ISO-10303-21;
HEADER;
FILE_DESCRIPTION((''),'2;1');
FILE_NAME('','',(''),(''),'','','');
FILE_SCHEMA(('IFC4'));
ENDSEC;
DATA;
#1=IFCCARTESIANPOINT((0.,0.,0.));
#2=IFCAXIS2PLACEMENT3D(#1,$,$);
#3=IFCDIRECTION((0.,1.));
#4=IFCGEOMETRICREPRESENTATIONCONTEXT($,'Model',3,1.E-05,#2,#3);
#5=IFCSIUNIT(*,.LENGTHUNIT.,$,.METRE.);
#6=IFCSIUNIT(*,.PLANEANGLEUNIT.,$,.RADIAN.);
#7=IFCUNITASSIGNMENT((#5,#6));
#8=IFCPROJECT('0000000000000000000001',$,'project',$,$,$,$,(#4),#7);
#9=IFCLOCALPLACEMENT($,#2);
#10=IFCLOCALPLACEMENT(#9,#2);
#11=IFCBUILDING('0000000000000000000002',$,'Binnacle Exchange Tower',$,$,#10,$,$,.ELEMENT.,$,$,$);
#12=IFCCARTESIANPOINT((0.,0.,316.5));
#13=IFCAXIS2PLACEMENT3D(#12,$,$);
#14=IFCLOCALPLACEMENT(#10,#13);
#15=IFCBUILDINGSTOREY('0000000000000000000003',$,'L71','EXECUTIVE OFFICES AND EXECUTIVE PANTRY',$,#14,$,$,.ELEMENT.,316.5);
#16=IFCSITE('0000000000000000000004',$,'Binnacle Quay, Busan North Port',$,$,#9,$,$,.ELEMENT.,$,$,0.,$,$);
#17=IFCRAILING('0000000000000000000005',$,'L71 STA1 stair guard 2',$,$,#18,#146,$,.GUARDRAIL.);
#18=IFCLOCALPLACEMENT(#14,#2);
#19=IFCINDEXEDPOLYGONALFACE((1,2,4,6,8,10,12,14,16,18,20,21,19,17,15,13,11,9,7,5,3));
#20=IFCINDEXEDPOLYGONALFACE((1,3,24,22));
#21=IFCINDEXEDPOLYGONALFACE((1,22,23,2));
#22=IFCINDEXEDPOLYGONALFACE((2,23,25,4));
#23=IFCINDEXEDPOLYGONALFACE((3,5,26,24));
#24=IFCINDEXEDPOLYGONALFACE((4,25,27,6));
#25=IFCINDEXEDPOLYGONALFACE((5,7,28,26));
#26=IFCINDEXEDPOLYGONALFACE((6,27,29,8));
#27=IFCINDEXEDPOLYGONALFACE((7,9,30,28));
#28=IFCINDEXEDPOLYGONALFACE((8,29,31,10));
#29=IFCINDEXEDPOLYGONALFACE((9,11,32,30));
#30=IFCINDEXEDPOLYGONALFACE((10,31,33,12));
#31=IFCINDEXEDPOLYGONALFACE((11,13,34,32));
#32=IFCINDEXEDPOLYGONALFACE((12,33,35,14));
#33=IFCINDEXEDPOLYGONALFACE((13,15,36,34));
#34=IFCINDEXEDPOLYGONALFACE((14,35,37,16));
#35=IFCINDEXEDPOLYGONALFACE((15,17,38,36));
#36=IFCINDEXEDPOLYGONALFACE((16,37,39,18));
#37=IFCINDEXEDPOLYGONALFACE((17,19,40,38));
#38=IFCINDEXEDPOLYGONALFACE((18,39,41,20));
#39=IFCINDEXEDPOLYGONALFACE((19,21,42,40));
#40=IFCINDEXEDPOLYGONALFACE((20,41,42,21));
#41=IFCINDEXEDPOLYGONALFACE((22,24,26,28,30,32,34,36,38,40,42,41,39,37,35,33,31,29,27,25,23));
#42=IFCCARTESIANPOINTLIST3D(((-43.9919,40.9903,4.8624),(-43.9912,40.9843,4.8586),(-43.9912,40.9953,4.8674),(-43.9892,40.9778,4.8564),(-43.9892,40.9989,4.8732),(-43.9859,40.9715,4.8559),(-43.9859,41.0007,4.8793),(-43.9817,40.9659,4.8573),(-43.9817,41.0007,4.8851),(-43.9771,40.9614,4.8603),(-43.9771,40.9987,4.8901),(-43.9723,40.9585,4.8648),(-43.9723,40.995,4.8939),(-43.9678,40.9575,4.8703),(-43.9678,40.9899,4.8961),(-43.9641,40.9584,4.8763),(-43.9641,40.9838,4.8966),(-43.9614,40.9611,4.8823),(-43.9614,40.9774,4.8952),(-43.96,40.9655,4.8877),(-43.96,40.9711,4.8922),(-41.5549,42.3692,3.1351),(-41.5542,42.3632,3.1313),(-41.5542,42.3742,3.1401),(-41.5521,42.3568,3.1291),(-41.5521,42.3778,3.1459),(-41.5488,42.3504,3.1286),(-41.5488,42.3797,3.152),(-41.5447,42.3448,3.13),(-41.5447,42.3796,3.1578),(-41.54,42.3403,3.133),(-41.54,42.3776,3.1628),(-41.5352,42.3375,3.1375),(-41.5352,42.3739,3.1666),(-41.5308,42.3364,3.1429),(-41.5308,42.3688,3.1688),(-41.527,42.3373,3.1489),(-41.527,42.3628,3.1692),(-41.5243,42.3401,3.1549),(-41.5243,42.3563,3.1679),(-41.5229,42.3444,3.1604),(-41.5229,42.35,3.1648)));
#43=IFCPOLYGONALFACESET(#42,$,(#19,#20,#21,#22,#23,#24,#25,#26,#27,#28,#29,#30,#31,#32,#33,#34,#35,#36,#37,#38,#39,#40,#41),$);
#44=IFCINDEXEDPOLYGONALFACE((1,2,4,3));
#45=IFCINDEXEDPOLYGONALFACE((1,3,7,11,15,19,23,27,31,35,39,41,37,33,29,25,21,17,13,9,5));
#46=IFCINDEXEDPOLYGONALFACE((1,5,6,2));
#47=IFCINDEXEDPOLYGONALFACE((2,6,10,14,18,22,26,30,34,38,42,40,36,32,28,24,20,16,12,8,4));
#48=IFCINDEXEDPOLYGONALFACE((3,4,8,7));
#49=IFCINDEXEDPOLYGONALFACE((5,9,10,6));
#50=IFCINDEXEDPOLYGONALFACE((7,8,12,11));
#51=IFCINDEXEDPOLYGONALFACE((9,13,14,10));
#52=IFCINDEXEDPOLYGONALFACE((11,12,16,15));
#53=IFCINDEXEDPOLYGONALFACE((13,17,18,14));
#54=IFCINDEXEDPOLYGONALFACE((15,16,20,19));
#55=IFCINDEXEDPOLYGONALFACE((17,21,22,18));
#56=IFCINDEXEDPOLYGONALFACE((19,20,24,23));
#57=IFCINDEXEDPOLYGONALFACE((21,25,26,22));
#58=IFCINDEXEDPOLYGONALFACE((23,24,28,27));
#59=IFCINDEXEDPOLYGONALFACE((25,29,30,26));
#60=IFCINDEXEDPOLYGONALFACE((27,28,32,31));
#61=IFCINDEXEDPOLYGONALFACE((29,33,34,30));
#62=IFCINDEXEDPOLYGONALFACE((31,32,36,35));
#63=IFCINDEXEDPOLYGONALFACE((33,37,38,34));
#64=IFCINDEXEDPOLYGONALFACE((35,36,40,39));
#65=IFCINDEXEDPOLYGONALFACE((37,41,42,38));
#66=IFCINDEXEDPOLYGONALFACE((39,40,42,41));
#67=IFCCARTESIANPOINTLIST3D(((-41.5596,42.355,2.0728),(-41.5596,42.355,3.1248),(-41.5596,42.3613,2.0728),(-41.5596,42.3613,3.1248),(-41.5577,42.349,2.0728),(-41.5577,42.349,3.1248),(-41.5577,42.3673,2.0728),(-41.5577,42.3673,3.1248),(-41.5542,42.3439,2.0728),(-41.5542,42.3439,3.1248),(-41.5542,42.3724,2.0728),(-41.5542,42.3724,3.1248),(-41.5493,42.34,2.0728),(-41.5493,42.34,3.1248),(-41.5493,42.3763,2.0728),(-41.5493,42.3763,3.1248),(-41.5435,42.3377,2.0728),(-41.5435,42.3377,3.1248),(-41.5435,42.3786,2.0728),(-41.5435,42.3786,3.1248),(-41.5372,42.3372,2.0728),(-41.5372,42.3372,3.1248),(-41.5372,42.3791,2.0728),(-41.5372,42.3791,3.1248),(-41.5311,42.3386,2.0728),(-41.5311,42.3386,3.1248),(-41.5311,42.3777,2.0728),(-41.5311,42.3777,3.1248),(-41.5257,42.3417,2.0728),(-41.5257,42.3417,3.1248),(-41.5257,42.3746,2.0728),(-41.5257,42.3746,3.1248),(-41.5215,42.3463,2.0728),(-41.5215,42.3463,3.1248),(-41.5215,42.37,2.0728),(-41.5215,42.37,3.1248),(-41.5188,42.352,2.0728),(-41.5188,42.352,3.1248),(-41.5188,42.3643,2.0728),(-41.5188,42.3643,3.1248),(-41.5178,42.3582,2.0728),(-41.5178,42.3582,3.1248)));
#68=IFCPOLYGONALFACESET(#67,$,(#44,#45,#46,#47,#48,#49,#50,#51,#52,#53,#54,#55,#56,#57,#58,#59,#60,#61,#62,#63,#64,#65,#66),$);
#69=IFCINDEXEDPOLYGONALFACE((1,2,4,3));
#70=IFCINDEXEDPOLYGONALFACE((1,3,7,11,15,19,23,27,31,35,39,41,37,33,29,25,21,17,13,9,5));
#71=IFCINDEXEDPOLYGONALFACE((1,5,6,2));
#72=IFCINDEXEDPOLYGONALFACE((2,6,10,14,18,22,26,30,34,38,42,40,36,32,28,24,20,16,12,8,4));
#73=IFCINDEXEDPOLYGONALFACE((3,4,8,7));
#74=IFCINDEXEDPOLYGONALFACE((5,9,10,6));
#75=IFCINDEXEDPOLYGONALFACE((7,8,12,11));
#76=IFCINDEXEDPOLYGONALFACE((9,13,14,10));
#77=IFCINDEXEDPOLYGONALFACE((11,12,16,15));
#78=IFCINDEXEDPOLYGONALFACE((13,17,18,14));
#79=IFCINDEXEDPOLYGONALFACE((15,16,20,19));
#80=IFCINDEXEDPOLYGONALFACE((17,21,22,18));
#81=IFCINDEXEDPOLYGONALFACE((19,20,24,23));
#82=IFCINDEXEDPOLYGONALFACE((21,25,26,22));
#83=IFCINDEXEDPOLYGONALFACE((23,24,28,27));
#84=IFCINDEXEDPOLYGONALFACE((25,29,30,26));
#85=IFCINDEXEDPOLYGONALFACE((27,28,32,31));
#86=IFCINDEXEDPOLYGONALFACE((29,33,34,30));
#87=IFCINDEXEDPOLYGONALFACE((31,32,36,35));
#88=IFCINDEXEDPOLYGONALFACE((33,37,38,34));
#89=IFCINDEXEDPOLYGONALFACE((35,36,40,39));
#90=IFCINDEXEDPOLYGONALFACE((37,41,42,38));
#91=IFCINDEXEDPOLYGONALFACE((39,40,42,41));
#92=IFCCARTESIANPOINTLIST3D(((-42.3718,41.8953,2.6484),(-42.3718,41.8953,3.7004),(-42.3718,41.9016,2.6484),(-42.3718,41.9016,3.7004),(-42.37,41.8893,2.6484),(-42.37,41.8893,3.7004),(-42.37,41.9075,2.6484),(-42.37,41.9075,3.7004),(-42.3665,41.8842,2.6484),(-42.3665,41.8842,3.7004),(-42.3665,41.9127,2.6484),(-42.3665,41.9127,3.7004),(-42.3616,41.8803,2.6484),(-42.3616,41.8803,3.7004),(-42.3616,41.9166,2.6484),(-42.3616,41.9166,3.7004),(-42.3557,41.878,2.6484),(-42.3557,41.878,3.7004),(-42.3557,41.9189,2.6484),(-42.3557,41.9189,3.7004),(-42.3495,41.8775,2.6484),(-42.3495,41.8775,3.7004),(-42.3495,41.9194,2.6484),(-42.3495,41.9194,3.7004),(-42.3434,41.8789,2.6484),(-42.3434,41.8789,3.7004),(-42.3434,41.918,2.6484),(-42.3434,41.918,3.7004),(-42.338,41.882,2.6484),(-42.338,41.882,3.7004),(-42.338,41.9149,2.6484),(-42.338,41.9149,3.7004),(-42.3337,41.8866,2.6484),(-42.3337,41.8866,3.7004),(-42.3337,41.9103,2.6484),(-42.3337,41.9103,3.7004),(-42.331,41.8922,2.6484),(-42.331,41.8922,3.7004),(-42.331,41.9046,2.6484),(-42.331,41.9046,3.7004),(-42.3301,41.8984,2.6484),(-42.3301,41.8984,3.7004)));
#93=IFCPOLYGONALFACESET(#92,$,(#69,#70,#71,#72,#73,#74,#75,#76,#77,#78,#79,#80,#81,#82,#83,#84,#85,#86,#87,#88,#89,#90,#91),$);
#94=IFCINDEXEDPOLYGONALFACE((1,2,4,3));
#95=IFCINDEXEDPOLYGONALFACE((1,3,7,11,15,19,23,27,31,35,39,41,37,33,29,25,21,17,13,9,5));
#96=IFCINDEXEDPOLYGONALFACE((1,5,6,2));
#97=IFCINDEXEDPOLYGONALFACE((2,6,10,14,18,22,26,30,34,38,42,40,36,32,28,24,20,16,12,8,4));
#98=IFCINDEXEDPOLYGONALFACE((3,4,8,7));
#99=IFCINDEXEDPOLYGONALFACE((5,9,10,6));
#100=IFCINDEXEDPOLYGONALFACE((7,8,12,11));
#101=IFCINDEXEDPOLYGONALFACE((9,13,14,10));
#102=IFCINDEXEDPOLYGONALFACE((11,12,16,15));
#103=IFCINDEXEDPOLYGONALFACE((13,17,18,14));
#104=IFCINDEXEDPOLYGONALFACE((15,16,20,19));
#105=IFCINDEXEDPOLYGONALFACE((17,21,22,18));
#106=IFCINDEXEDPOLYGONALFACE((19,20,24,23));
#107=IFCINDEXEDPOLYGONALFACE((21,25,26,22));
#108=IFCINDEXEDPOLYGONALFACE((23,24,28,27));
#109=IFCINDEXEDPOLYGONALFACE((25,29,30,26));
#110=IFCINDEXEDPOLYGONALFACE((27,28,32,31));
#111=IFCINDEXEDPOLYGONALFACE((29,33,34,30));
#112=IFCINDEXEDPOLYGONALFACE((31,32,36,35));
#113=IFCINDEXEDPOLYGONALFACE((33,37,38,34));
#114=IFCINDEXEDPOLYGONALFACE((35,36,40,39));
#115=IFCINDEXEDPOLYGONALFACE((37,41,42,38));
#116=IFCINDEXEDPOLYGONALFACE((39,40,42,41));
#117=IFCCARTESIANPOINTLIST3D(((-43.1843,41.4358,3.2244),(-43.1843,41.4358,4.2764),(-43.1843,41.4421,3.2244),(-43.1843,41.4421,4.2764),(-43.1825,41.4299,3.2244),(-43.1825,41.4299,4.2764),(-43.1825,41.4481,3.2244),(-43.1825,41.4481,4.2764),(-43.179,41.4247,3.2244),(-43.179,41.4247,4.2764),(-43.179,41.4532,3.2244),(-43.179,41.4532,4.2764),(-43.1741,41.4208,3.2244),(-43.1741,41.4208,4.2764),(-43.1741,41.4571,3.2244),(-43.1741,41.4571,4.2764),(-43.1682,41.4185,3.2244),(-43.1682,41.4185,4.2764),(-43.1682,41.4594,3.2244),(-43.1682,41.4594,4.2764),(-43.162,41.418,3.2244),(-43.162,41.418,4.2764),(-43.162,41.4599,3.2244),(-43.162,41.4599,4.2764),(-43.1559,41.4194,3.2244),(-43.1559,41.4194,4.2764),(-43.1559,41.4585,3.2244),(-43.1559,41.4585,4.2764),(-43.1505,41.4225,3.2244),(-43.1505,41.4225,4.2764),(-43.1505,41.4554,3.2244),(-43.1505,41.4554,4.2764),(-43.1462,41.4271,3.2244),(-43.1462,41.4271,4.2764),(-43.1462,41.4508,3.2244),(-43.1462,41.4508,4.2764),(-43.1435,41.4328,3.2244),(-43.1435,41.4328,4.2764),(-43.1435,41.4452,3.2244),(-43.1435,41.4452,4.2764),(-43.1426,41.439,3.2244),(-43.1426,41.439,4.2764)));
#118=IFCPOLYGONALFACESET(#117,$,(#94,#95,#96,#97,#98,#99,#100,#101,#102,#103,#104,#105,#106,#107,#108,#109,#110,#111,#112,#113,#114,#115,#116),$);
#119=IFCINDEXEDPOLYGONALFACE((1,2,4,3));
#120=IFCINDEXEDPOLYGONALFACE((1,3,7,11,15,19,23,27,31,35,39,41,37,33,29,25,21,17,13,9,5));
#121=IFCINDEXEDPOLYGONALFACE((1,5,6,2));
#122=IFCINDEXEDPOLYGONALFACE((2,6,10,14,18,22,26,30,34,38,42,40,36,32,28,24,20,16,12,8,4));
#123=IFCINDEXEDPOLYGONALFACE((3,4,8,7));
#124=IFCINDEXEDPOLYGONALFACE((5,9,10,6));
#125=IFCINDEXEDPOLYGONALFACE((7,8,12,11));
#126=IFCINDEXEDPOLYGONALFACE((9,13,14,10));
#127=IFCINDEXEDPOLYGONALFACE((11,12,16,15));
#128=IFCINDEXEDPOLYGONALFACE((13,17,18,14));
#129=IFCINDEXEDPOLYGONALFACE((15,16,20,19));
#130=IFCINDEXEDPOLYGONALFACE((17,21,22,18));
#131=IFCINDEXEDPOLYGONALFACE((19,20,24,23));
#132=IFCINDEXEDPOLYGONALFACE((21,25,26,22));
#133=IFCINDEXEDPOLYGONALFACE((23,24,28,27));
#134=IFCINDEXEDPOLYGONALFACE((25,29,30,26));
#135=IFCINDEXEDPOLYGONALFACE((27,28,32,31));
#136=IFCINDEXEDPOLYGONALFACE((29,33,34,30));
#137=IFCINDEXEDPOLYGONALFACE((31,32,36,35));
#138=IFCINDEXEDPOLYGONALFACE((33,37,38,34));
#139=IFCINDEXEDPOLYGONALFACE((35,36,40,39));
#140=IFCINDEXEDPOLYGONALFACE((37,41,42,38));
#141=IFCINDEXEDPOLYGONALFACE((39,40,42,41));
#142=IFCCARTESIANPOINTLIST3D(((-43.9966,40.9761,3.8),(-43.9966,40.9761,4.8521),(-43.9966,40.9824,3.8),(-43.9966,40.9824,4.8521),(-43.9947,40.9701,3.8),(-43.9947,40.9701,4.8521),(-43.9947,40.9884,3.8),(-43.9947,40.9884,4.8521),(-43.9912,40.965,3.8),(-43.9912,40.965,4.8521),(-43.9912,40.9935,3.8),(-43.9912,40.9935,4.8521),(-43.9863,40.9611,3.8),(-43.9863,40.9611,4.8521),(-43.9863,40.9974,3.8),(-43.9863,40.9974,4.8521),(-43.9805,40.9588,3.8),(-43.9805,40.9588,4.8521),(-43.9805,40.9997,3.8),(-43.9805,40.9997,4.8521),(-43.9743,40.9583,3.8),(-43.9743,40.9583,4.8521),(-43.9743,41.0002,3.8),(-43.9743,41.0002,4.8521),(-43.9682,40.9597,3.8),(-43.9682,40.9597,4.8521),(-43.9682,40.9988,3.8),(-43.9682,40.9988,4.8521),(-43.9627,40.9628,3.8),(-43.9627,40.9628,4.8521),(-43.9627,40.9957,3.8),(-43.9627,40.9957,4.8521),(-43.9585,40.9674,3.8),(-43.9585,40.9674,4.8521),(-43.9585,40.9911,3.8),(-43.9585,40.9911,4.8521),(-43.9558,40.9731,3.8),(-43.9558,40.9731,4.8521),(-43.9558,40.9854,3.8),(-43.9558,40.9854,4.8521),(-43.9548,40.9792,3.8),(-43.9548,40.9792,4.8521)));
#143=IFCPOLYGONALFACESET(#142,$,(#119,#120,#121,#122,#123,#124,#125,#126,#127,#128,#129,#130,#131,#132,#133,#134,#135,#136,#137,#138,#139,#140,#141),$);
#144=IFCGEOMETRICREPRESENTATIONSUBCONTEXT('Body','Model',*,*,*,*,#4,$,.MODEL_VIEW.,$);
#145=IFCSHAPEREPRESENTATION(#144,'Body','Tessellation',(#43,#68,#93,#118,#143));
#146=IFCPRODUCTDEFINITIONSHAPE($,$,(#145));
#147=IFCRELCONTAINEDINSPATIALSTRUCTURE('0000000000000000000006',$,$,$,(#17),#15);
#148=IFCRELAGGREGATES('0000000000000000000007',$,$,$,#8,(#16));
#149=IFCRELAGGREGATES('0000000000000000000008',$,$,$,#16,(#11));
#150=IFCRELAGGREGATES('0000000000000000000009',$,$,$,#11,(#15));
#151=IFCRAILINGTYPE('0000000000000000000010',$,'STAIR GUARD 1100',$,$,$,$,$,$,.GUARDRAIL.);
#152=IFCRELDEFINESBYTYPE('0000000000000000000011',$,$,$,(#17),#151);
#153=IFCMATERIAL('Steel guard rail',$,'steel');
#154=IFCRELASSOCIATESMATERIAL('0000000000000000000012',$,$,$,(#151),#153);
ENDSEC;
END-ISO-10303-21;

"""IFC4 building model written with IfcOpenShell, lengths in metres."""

from ifc_helpers import new_model, si_unit, direction, frame, origin, origin_2d, place, context, subcontext, project, spatial, circle, extrude, material, type_object, element, save


model = new_model("IFC4")

# Units and contexts
model_context = context("Model", 3, precision=1e-05, world=origin(), true_north=direction((0.0, 1.0)))
body_context = subcontext(model_context, "Body", "Model", "MODEL_VIEW")
ifc_project = project(units=[si_unit("LENGTHUNIT", "METRE"), si_unit("PLANEANGLEUNIT", "RADIAN")], contexts=[model_context])

# Site, building, storey
site_placement = place(None, origin())
site = spatial("IfcSite", under=ifc_project, at=site_placement, Name="Binnacle Quay, Busan North Port", CompositionType="ELEMENT", RefElevation=0.0)
building_placement = place(site_placement, origin())
building = spatial("IfcBuilding", under=site, at=building_placement, Name="Binnacle Exchange Tower", CompositionType="ELEMENT")
storey_placement = place(building_placement, frame((0.0, 0.0, 316.5)))
storey = spatial("IfcBuildingStorey", under=building, at=storey_placement, Name="L71", Description="EXECUTIVE OFFICES AND EXECUTIVE PANTRY", CompositionType="ELEMENT", Elevation=316.5)

# Railing
ifc_material_1 = material(Name="Steel guard rail", Category="steel")
railing_type_1 = type_object("IfcRailingType", Name="STAIR GUARD 1100", PredefinedType="GUARDRAIL", material=ifc_material_1)
railing_1_placement = place(storey_placement, frame((-41.5388, 42.3582, 2.0728)))
element("IfcRailing", 1, at=railing_1_placement, inside=storey, type_object=railing_type_1, Name="L71 STA1 stair guard 2", PredefinedType="GUARDRAIL", context=body_context, shape_type="SweptSolid", body=[
    extrude(circle(Radius=0.0239, at=origin_2d()), frame((0.0, 0.0, 1.0762), z_axis=(-0.740738, -0.419123, 0.525017), x_axis=(0.492454, -0.870339, 0.0)), (0.0, 0.0, 1.0), 3.29),
    extrude(circle(Radius=0.021, at=origin_2d()), origin(), (0.0, 0.0, 1.0), 1.052),
    extrude(circle(Radius=0.021, at=origin_2d()), frame((-0.8123, -0.4597, 0.5757)), (0.0, 0.0, 1.0), 1.052),
    extrude(circle(Radius=0.021, at=origin_2d()), frame((-1.6248, -0.9192, 1.1516)), (0.0, 0.0, 1.0), 1.052),
    extrude(circle(Radius=0.021, at=origin_2d()), frame((-2.437, -1.3789, 1.7273)), (0.0, 0.0, 1.0), 1.052),
])

save(model, "model.ifc")
